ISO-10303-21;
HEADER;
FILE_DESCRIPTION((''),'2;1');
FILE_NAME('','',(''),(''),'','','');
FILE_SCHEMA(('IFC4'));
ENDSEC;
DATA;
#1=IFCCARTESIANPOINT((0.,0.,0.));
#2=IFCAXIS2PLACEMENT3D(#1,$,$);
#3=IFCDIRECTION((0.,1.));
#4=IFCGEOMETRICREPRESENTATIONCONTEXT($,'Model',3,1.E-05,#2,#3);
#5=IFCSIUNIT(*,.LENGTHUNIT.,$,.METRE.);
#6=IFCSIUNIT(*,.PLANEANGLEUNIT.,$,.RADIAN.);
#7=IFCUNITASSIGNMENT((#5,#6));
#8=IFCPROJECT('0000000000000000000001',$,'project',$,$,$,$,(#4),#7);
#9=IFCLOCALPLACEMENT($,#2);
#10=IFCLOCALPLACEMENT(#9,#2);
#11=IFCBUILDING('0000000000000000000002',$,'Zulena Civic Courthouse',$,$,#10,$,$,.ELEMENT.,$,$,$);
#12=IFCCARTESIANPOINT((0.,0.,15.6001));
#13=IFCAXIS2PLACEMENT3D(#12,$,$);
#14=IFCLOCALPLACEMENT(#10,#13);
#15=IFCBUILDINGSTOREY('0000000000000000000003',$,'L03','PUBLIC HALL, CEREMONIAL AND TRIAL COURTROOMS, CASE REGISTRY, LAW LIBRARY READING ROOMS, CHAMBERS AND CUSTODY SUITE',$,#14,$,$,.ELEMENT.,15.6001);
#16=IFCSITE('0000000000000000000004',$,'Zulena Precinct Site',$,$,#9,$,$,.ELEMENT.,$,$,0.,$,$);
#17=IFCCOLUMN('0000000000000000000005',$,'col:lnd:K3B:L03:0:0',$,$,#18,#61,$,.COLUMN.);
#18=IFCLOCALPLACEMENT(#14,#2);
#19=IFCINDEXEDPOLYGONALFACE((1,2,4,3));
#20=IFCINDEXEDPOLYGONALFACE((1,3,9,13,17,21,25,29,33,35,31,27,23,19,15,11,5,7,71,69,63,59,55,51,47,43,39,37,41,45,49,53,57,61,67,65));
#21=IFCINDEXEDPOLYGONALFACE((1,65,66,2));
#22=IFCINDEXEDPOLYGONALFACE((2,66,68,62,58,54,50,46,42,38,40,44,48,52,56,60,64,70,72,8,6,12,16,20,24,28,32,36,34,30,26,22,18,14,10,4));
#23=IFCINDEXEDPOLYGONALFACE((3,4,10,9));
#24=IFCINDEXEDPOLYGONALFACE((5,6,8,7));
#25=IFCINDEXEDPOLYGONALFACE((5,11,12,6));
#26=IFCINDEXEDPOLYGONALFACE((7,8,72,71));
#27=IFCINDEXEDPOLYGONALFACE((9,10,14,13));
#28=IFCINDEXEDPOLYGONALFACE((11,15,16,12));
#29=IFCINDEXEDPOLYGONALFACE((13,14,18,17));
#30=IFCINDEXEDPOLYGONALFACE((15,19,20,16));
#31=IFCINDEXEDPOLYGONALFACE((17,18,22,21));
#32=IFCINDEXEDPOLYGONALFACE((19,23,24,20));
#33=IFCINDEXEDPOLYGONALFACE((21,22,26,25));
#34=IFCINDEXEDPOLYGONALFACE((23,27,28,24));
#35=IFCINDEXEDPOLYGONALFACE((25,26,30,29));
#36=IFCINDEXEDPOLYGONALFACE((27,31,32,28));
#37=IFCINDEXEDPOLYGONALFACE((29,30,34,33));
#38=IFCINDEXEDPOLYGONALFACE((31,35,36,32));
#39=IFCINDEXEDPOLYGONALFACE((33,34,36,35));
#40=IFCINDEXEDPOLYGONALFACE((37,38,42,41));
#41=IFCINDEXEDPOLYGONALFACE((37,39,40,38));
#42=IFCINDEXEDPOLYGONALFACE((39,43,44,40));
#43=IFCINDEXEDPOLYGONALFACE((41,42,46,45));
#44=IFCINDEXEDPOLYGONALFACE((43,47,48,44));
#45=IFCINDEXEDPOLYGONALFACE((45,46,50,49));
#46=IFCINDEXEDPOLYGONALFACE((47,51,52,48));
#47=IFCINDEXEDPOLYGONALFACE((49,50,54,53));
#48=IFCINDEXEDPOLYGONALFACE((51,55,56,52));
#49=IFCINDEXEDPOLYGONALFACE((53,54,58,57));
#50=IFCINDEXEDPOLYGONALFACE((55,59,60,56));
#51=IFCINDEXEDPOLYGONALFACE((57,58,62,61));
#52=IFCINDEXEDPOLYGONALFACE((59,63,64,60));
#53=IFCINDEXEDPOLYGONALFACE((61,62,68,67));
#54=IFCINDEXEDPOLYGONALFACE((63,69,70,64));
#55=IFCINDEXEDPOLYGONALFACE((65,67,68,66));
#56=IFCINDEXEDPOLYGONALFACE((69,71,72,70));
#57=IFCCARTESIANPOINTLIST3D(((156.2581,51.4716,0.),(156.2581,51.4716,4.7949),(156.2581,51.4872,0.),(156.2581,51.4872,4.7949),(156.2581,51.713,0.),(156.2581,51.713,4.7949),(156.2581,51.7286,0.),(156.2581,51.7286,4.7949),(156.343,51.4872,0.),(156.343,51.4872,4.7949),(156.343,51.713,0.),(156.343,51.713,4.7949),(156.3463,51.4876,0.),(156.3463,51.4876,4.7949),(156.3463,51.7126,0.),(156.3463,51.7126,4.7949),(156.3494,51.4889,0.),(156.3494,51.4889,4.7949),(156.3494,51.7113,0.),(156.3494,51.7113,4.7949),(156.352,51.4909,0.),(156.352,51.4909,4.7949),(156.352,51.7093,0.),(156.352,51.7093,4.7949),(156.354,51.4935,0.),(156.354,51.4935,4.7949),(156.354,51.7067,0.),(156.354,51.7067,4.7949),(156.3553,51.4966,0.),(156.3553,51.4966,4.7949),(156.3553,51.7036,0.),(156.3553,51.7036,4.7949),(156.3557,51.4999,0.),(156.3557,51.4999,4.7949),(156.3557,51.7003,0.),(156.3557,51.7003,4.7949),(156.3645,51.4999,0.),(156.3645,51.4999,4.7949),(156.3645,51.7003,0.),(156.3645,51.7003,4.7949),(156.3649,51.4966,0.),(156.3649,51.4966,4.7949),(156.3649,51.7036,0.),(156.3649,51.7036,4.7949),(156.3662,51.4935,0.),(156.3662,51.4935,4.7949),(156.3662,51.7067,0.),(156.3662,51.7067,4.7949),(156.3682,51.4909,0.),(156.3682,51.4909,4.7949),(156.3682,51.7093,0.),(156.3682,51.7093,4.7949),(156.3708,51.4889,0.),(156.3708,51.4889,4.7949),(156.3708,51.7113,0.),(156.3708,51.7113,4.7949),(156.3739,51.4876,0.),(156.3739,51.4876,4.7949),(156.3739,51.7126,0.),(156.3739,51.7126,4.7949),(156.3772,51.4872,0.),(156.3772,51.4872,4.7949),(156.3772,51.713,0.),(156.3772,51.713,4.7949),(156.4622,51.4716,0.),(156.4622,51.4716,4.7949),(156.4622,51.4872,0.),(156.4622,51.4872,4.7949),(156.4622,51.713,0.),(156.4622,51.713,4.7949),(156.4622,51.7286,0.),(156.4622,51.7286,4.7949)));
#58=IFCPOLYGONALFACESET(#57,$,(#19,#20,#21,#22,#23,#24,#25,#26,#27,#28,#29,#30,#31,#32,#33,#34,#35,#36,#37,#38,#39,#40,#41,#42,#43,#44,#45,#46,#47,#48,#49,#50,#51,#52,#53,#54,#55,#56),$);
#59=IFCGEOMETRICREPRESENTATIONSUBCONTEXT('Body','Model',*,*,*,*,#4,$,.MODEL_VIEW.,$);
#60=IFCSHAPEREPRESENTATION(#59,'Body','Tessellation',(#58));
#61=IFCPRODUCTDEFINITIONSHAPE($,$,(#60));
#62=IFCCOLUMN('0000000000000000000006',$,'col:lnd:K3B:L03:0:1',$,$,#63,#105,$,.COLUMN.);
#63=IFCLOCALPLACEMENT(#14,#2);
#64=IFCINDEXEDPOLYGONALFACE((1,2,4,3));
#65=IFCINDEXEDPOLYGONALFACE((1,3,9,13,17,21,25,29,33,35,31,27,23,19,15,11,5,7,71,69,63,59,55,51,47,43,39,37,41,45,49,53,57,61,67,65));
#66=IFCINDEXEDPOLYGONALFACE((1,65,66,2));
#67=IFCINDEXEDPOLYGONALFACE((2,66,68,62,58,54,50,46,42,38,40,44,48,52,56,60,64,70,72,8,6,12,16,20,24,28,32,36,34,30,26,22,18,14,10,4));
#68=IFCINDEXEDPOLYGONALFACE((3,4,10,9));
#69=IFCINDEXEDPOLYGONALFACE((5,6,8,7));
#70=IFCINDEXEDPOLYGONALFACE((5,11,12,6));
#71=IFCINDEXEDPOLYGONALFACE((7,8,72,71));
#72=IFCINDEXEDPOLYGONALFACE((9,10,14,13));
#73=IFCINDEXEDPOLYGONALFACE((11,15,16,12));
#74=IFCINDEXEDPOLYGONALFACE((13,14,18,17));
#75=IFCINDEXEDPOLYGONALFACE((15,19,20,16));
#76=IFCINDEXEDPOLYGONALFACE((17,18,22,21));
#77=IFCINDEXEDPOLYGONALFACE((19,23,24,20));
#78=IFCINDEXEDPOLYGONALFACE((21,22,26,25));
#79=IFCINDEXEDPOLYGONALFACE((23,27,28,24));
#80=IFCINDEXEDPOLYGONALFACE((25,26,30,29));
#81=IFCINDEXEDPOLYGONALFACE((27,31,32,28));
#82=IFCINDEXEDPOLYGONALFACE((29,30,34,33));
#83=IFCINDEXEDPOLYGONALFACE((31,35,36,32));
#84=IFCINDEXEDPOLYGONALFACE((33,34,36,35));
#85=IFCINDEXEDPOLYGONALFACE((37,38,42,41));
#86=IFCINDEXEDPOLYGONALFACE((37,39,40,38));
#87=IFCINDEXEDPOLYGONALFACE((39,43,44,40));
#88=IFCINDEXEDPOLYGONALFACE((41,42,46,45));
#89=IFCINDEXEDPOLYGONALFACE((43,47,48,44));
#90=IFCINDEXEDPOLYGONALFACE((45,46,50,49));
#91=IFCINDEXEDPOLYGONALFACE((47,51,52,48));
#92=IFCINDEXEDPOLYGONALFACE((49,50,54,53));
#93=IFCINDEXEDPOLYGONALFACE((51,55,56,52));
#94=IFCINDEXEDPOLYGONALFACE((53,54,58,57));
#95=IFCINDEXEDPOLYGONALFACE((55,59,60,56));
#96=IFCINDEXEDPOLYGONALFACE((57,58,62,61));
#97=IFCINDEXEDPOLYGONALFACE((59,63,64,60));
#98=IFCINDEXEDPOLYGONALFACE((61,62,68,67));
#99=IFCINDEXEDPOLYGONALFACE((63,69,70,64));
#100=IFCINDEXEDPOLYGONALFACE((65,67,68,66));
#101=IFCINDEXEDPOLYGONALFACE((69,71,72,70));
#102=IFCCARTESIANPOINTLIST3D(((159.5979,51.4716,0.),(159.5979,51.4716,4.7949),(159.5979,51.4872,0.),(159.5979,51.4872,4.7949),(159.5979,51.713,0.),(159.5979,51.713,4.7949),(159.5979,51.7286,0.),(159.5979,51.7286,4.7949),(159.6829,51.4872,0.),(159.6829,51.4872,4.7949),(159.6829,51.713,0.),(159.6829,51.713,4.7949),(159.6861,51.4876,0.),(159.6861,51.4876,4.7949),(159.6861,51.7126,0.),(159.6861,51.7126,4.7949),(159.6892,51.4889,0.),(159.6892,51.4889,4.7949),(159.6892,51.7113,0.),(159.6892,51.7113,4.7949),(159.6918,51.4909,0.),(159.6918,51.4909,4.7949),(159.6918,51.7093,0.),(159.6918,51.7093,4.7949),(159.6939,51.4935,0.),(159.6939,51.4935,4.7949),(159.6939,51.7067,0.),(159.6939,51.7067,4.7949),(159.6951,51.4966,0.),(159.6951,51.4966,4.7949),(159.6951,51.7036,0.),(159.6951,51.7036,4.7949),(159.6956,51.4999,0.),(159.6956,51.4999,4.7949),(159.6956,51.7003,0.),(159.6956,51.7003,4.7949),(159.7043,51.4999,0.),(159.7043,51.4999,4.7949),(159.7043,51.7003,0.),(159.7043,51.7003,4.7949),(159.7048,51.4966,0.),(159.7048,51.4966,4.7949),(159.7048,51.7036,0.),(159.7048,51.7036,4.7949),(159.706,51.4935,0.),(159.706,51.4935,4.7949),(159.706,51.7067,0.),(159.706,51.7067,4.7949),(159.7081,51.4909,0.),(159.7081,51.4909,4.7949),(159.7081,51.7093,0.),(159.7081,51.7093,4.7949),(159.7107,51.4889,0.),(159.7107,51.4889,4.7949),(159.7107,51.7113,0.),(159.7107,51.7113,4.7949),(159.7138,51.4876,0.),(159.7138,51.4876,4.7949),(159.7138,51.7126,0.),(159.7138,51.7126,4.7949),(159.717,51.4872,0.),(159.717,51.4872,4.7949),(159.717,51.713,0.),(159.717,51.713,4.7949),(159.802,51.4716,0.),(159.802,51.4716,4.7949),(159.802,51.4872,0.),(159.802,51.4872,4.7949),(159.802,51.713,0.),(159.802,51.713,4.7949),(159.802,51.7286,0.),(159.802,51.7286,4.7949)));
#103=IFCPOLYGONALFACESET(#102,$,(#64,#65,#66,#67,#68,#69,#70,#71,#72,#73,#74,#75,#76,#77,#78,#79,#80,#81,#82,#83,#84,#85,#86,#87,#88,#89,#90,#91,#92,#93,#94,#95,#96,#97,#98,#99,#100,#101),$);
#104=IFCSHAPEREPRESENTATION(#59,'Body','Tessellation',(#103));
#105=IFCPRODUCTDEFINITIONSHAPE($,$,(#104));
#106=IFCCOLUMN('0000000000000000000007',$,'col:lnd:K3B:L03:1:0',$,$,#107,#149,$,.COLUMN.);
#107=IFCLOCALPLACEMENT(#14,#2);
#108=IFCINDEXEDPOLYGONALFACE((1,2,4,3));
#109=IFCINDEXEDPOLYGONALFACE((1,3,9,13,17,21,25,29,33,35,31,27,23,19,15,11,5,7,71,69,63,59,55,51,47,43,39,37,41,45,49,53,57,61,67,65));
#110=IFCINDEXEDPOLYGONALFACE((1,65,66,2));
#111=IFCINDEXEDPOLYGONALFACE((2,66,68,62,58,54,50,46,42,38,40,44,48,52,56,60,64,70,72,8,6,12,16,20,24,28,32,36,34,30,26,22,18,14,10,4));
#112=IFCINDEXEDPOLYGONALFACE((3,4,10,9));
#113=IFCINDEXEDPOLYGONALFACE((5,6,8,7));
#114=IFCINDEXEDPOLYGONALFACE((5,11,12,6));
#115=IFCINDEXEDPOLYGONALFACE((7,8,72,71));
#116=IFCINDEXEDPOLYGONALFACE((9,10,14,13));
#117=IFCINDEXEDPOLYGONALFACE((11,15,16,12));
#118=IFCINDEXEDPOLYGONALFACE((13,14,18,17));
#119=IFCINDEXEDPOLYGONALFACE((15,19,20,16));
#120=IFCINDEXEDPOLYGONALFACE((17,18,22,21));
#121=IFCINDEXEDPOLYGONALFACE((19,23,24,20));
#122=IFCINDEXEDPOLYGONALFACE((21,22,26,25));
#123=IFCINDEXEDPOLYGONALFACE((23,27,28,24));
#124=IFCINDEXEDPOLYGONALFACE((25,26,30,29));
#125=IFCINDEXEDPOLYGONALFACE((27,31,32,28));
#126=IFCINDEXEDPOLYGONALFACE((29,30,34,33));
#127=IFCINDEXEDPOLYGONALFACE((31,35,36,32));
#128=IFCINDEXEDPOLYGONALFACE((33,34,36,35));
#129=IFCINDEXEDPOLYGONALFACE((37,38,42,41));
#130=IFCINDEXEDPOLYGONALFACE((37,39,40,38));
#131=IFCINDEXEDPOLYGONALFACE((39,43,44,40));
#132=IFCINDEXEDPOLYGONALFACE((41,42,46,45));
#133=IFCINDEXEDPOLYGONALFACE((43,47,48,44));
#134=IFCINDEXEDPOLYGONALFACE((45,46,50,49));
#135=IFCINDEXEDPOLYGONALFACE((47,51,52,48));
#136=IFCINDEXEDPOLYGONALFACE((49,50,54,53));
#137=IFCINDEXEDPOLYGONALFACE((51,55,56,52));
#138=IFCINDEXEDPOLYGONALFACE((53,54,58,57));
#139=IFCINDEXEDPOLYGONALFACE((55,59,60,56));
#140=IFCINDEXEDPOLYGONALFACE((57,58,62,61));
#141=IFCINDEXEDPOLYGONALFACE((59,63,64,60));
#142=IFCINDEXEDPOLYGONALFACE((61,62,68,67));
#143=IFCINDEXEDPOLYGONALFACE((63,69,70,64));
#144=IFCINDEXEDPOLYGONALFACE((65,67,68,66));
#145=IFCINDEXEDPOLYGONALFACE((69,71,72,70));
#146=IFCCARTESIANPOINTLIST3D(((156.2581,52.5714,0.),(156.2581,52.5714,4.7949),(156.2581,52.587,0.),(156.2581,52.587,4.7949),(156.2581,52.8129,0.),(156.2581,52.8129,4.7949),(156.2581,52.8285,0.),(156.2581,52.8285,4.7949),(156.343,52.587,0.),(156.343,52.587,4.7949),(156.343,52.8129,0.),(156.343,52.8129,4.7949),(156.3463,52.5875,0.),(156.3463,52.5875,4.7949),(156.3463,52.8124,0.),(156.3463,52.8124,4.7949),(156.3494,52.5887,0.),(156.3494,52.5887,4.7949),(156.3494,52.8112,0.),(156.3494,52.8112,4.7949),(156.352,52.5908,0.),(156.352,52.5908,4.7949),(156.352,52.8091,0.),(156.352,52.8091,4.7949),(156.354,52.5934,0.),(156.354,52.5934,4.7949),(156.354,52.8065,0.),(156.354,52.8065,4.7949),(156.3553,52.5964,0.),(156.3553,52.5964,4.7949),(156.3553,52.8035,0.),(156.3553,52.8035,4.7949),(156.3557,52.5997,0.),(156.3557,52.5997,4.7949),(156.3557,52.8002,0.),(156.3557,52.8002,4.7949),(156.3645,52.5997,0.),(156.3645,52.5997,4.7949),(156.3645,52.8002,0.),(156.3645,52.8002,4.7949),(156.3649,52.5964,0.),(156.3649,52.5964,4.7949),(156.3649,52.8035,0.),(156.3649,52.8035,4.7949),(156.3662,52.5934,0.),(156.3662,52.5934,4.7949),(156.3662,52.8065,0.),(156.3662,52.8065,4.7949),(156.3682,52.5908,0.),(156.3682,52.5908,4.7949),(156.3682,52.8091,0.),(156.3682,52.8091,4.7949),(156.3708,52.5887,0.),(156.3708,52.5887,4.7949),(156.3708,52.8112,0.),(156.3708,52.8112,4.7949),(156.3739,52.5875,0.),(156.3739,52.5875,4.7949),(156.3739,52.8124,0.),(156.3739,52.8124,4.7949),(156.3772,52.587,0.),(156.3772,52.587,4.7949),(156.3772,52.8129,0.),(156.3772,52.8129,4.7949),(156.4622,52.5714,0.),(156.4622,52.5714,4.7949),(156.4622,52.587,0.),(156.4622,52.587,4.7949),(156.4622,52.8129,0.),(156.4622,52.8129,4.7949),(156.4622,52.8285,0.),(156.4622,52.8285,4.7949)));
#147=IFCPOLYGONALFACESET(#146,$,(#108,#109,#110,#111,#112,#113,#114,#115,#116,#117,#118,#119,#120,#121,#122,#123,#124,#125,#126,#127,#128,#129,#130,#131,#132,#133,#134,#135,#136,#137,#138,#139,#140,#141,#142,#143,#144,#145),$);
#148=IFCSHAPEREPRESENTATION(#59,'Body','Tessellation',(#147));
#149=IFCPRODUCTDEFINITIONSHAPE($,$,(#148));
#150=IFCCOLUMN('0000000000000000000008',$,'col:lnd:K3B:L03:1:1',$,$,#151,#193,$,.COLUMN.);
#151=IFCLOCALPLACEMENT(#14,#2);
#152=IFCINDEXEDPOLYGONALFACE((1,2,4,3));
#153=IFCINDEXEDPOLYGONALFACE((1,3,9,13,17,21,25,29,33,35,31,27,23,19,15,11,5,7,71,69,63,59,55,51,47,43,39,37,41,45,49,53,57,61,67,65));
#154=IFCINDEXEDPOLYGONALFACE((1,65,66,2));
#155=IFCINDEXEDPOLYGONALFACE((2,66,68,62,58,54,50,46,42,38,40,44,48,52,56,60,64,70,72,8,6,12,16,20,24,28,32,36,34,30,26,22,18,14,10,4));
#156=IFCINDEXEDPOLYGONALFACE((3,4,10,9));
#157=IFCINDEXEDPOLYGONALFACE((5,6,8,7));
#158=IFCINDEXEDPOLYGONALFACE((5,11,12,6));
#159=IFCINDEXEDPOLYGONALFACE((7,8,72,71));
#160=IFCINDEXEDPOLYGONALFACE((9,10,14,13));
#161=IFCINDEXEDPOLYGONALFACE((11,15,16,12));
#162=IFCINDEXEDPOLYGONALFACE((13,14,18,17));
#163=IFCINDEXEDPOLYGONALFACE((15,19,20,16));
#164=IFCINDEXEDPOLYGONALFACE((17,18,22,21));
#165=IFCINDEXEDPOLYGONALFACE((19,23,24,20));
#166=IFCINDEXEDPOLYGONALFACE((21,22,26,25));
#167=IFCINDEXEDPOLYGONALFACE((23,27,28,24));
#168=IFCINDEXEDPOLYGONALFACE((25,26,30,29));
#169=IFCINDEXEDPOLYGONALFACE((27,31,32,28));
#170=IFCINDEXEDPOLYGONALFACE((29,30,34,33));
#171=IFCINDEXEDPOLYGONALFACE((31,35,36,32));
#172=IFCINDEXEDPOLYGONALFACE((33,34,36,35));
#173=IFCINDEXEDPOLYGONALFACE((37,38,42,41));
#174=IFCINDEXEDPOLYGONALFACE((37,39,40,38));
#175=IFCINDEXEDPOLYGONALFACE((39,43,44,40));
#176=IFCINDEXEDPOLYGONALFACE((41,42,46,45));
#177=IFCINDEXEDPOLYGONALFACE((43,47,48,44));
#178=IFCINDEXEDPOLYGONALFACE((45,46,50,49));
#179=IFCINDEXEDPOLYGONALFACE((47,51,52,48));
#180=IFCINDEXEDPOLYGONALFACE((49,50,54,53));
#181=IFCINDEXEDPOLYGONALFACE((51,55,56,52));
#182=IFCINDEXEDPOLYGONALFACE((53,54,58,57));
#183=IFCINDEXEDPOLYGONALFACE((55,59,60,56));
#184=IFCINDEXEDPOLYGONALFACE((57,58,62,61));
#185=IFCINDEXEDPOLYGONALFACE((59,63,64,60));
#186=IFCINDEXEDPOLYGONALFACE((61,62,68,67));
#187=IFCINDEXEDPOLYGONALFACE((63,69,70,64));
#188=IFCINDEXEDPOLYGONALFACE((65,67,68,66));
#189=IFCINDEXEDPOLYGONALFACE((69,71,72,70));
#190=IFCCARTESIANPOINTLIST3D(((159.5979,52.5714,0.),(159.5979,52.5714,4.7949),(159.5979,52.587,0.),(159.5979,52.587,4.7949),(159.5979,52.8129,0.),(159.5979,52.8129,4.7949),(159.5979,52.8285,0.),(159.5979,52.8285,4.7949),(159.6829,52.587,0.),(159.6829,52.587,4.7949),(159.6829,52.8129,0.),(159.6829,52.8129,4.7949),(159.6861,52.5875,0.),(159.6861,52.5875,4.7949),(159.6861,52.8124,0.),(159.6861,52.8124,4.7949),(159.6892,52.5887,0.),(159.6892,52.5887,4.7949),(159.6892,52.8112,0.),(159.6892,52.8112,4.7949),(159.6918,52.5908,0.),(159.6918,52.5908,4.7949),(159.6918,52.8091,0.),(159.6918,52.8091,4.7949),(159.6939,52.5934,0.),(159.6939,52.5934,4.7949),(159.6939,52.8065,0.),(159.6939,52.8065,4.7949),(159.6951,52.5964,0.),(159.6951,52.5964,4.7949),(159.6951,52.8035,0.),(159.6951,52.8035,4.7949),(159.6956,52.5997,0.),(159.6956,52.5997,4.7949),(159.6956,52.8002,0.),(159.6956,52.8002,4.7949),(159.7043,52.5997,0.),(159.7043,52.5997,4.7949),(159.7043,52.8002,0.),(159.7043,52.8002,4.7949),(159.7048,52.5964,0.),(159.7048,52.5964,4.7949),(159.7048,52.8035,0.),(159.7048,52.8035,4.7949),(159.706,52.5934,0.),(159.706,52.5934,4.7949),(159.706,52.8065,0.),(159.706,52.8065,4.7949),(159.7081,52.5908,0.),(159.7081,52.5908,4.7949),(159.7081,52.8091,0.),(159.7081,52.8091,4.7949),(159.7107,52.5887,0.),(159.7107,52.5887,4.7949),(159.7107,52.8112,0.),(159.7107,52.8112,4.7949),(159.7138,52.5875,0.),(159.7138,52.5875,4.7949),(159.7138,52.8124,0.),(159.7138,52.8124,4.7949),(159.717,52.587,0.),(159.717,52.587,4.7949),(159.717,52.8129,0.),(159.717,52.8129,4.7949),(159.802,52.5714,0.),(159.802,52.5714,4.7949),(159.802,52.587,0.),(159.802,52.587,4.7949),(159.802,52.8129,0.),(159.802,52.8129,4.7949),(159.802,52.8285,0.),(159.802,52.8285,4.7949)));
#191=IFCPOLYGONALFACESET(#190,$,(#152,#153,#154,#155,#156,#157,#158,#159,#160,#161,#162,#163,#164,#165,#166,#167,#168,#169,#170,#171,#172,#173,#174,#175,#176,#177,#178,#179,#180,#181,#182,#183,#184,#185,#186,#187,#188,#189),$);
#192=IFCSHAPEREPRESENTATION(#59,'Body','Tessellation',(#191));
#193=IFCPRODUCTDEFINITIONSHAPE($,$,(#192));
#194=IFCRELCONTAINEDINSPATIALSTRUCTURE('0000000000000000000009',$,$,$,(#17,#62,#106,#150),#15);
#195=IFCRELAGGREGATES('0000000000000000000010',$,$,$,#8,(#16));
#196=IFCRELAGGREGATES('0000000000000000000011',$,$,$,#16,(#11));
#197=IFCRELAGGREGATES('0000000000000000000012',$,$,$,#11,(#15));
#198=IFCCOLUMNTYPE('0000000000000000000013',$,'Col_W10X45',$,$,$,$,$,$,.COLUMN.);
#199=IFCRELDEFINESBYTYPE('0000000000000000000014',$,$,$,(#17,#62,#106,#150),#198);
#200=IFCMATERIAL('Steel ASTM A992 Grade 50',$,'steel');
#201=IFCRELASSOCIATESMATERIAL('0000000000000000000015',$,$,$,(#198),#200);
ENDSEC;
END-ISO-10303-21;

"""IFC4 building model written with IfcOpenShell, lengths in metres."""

from ifc_helpers import new_model, si_unit, direction, frame, origin, origin_2d, place, context, subcontext, project, spatial, i_section, extrude, material, material_profile, profile_set, type_object, element, save


model = new_model("IFC4")

# Units and contexts
model_context = context("Model", 3, precision=1e-05, world=origin(), true_north=direction((0.0, 1.0)))
body_context = subcontext(model_context, "Body", "Model", "MODEL_VIEW")
ifc_project = project(units=[si_unit("LENGTHUNIT", "METRE"), si_unit("PLANEANGLEUNIT", "RADIAN")], contexts=[model_context])

# Site, building, storey
site_placement = place(None, origin())
site = spatial("IfcSite", under=ifc_project, at=site_placement, Name="Zulena Precinct Site", CompositionType="ELEMENT", RefElevation=0.0)
building_placement = place(site_placement, origin())
building = spatial("IfcBuilding", under=site, at=building_placement, Name="Zulena Civic Courthouse", CompositionType="ELEMENT")
storey_placement = place(building_placement, frame((0.0, 0.0, 15.6001)))
storey = spatial("IfcBuildingStorey", under=building, at=storey_placement, Name="L03", Description="PUBLIC HALL, CEREMONIAL AND TRIAL COURTROOMS, CASE REGISTRY, LAW LIBRARY READING ROOMS, CHAMBERS AND CUSTODY SUITE", CompositionType="ELEMENT", Elevation=15.6001)

# Columns
ifc_material_1 = material(Name="Steel ASTM A992 Grade 50", Category="steel")
ifc_material_profile_1 = material_profile(ifc_material_1, i_section(OverallWidth=0.2041, OverallDepth=0.2571, WebThickness=0.0088, FlangeThickness=0.0156, FilletRadius=0.0127, at=origin_2d()), Name="W10X45")
ifc_profile_set_1 = profile_set([ifc_material_profile_1], Name="Steel ASTM A992 Grade 50")
column_type_1 = type_object("IfcColumnType", Name="Col_W10X45", PredefinedType="COLUMN", material=ifc_profile_set_1)
for number, where, z_axis, x_axis, name in (
    (1, (156.3601, 51.6001, 0.0), (0.0, 0.0, 1.0), (1.0, 0.0, 0.0), "col:lnd:K3B:L03:0:0"),
    (2, (159.7, 51.6001, 0.0), (0.0, 0.0, 1.0), (1.0, 0.0, 0.0), "col:lnd:K3B:L03:0:1"),
    (3, (156.3601, 52.7, 0.0), (0.0, 0.0, 1.0), (1.0, 0.0, 0.0), "col:lnd:K3B:L03:1:0"),
    (4, (159.7, 52.7, 0.0), (0.0, 0.0, 1.0), (1.0, 0.0, 0.0), "col:lnd:K3B:L03:1:1"),
):
    element("IfcColumn", number, at=place(storey_placement, frame(where, z_axis=z_axis, x_axis=x_axis)), inside=storey, type_object=column_type_1, Name=name, PredefinedType="COLUMN", context=body_context, shape_type="SweptSolid", body=[
        extrude(i_section(OverallWidth=0.2041, OverallDepth=0.2571, WebThickness=0.0088, FlangeThickness=0.0156, FilletRadius=0.0127, at=origin_2d()), origin(), (0.0, 0.0, 1.0), 4.7949),
    ])

save(model, "model.ifc")
